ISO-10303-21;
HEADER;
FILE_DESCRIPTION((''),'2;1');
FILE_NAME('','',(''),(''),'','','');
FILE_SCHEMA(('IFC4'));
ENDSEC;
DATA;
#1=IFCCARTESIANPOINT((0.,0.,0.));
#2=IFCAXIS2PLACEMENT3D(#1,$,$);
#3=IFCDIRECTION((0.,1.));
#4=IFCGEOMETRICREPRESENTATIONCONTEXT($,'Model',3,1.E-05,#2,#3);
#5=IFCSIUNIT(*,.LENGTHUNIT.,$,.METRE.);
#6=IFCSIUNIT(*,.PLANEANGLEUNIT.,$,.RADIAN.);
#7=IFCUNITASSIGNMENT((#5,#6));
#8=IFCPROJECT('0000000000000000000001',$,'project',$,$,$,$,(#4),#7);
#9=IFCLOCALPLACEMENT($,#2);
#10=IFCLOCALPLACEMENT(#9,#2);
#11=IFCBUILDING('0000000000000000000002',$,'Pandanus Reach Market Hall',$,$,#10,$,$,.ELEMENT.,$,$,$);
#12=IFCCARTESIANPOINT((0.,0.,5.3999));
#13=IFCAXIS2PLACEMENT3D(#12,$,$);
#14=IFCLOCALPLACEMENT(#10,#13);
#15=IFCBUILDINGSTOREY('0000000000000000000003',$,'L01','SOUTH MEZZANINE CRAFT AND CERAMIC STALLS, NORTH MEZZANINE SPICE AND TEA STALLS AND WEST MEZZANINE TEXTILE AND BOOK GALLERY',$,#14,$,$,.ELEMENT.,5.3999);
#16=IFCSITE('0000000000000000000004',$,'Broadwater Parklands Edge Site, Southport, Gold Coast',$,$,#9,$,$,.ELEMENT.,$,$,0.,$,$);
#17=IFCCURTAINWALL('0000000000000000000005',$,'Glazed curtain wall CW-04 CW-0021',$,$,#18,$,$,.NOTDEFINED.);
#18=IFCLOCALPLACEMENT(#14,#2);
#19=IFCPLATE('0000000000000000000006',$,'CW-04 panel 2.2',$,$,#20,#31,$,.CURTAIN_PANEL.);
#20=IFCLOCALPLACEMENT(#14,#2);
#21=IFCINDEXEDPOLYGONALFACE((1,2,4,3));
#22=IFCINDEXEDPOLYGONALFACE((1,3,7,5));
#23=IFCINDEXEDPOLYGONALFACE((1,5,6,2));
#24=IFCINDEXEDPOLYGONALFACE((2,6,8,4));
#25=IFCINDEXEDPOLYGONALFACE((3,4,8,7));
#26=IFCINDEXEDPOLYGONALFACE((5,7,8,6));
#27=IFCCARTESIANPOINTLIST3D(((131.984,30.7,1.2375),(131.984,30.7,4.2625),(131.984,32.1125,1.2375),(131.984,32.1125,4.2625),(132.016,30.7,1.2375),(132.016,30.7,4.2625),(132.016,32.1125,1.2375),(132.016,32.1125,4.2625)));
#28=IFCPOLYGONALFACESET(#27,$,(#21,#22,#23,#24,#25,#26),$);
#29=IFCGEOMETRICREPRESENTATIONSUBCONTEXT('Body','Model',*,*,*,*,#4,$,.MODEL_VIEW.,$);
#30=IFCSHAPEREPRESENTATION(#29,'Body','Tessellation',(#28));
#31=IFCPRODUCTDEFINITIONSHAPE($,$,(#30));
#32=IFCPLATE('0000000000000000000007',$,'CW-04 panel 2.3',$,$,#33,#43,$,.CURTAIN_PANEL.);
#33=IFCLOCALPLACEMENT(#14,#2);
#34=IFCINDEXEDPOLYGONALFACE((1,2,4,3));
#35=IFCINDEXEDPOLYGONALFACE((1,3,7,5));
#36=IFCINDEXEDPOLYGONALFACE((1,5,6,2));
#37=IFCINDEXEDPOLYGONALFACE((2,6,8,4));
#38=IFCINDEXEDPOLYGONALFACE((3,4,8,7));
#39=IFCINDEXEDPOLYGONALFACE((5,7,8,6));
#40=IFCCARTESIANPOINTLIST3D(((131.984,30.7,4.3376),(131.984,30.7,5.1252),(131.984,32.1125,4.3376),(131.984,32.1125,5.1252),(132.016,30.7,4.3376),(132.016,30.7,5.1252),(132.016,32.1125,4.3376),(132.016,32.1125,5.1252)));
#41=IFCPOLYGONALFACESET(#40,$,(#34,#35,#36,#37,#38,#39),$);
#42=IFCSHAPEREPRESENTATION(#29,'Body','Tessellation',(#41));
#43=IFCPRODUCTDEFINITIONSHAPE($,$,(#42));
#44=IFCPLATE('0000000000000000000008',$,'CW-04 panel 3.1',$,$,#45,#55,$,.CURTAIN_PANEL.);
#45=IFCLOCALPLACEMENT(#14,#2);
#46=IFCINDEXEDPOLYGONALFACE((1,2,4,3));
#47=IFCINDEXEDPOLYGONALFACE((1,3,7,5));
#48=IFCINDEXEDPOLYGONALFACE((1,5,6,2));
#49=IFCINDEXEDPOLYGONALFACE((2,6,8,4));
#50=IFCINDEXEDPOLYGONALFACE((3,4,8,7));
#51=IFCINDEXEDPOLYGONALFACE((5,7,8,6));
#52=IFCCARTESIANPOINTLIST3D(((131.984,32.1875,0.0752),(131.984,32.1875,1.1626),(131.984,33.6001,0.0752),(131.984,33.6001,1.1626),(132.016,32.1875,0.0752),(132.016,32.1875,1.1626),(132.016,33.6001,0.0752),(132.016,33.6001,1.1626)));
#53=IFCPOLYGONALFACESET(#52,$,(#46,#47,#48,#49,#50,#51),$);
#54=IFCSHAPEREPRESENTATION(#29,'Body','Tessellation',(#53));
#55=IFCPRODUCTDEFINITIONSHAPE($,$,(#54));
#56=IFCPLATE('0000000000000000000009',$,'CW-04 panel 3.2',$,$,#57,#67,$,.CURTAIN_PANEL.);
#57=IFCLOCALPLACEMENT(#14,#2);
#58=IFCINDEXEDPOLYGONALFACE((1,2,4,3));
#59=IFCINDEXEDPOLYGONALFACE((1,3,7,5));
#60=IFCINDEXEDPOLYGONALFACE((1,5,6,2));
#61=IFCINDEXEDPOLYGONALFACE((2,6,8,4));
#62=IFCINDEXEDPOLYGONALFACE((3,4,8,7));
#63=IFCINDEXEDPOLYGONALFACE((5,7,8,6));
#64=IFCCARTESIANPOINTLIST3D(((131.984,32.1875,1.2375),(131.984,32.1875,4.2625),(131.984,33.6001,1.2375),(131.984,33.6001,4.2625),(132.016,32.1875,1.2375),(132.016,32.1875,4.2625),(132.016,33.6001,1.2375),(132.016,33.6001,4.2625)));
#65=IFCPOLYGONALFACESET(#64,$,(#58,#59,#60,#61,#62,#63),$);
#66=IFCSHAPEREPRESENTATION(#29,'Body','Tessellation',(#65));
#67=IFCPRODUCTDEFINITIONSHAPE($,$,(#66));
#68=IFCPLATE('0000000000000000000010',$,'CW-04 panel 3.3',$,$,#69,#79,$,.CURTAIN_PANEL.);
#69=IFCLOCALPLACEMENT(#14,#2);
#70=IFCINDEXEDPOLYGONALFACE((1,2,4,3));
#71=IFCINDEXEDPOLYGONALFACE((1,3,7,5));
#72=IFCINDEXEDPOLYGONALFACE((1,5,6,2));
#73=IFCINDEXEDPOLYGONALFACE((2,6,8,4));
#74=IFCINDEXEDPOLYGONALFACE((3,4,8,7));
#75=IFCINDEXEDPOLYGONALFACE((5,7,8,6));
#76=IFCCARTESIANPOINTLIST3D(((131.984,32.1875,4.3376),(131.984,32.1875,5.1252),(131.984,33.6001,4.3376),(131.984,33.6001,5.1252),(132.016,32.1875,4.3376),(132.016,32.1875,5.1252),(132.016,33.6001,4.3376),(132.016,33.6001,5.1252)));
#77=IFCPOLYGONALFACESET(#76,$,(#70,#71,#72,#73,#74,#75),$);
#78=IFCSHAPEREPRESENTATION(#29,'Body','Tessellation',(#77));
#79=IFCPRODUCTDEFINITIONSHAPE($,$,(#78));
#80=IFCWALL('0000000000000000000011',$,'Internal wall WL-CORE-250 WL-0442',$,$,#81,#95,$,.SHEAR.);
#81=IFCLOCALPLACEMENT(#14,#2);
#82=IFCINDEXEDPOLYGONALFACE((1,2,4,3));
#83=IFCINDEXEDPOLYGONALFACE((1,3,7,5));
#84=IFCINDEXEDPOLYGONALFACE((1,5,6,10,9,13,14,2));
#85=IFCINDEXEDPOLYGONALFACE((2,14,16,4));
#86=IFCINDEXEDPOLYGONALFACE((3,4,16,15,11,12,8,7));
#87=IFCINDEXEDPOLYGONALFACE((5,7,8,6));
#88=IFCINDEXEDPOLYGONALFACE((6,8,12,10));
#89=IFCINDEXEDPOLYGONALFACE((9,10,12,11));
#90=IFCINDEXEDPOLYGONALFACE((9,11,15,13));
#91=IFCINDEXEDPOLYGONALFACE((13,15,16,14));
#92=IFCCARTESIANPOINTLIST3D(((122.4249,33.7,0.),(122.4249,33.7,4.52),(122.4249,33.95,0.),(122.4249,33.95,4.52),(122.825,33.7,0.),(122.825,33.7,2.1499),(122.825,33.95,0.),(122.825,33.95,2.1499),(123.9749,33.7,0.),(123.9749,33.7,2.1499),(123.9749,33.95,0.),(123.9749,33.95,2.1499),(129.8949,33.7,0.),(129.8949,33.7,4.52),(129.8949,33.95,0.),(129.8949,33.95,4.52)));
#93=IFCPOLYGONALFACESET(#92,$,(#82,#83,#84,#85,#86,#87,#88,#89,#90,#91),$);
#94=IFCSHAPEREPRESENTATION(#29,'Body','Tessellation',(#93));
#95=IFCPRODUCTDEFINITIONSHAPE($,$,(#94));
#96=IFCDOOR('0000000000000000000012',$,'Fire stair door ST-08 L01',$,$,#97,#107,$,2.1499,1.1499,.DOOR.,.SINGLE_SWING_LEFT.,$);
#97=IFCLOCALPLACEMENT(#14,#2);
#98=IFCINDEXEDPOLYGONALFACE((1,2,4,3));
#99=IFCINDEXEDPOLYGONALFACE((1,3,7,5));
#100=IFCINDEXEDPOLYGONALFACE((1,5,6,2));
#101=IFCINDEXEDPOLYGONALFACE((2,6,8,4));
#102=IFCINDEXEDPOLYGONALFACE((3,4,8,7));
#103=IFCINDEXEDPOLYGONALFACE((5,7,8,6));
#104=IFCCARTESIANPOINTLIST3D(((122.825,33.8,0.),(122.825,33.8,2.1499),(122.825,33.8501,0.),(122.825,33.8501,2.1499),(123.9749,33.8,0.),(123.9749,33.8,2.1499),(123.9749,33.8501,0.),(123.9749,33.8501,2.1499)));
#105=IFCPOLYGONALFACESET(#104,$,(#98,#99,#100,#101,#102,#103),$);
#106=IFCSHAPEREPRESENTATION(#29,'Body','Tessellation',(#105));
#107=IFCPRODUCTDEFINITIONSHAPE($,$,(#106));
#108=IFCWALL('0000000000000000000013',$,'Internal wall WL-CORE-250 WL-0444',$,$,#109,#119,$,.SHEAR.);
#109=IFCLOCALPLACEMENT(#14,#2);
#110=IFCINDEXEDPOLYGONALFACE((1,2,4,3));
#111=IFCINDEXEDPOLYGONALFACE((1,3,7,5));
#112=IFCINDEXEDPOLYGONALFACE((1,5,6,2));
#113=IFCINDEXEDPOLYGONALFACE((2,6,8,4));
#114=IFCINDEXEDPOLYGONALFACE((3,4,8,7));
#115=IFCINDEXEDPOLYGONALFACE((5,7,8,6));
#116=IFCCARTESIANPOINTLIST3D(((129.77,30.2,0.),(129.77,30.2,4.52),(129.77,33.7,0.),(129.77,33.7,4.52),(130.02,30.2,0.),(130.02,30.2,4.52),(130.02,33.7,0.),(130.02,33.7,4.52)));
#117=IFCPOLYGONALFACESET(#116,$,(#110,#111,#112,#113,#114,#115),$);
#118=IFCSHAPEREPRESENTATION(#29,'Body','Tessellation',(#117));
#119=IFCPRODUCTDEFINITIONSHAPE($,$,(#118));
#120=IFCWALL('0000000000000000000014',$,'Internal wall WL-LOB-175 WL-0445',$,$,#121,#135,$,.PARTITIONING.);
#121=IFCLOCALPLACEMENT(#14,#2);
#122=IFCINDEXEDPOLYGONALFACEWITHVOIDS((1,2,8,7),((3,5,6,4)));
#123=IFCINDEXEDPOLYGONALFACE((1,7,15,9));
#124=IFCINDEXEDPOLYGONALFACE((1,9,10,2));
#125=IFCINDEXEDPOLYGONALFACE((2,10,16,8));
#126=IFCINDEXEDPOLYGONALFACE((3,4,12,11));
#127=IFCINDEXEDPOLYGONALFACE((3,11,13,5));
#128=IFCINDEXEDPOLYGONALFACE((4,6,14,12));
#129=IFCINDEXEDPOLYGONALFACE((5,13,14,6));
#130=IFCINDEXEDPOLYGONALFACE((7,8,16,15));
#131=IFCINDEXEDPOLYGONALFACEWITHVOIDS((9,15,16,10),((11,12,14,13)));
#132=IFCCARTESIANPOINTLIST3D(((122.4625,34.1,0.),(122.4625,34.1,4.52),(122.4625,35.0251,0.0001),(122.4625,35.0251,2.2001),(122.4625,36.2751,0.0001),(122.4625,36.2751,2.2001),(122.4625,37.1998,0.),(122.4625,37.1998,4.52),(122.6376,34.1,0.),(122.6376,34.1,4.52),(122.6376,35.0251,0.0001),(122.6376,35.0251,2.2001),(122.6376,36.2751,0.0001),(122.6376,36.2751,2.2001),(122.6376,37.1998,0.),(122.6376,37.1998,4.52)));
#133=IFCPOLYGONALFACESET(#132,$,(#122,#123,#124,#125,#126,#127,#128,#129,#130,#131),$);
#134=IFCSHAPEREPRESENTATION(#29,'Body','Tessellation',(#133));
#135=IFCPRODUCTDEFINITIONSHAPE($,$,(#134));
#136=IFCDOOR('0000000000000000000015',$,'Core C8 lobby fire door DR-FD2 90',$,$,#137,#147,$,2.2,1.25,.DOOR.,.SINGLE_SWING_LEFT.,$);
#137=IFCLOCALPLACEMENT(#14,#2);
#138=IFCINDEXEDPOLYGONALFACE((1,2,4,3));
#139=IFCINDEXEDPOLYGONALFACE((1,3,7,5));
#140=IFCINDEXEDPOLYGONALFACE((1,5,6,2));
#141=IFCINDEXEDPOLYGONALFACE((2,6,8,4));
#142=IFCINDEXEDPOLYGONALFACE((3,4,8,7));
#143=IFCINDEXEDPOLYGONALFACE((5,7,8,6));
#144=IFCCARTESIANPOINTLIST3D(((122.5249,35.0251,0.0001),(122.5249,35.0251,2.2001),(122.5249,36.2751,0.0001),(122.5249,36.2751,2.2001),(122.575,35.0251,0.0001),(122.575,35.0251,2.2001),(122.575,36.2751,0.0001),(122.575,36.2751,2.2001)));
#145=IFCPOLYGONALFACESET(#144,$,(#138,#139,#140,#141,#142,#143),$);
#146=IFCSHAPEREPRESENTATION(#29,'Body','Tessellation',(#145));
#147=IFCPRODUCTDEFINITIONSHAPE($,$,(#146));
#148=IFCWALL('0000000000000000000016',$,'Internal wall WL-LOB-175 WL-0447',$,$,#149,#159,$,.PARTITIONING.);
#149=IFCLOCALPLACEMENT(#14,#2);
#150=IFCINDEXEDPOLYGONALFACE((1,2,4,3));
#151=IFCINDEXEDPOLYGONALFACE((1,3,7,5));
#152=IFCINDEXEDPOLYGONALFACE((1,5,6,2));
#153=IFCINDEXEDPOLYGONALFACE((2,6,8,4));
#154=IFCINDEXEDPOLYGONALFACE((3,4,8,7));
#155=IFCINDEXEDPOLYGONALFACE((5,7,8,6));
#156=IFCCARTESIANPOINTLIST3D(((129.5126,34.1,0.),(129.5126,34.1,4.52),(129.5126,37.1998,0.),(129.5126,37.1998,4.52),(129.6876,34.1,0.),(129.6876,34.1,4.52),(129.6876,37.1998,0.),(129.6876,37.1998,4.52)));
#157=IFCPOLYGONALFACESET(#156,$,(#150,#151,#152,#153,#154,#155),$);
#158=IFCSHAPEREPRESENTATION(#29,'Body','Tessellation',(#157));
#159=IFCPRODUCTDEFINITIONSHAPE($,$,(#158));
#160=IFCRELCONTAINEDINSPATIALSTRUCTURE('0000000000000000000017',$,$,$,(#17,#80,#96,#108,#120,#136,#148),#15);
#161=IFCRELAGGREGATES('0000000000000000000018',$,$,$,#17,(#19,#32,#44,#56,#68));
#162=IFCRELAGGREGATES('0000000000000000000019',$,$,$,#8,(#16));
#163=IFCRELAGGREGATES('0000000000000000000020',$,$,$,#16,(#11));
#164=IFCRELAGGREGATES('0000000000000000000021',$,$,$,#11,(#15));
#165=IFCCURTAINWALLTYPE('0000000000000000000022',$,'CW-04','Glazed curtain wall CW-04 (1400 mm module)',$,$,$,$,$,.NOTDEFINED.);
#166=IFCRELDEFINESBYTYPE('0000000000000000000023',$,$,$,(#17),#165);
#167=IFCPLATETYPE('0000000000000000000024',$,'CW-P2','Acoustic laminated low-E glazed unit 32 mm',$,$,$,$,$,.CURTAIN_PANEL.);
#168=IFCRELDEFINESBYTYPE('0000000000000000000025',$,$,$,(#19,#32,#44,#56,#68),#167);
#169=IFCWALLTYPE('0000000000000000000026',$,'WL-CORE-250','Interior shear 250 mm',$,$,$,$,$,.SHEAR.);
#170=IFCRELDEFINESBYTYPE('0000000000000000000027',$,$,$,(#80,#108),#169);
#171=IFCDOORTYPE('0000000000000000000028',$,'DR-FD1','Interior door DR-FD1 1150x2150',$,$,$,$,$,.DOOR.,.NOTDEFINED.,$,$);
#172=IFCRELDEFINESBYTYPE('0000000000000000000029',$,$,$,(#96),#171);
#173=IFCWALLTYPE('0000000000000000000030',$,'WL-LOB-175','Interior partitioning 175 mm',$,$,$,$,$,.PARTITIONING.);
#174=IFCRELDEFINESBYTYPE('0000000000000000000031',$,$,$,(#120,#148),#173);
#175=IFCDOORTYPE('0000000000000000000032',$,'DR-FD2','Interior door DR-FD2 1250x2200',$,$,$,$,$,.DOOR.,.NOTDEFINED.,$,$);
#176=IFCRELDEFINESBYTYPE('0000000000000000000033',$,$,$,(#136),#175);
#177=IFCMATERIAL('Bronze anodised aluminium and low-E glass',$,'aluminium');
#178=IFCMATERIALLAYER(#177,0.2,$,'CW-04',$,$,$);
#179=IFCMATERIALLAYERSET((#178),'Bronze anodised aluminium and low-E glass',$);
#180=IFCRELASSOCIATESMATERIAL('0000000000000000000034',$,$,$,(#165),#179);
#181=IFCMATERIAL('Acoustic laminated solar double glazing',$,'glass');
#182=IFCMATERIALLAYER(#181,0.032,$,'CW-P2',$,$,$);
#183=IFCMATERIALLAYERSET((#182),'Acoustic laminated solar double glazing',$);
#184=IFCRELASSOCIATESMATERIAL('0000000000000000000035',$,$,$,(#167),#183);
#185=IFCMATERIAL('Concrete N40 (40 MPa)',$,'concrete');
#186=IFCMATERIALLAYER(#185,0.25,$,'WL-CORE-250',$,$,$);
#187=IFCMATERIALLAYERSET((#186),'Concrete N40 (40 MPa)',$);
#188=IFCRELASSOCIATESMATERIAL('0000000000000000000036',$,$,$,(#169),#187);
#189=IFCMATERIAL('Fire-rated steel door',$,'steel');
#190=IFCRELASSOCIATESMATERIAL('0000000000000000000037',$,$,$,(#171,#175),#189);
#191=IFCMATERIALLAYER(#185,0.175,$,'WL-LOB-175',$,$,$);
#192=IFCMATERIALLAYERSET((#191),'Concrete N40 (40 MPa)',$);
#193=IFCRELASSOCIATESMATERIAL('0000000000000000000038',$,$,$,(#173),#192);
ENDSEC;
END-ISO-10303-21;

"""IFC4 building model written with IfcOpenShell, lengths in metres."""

from ifc_helpers import new_model, si_unit, direction, frame, frame_2d, origin, origin_2d, place, context, subcontext, project, spatial, rectangle, extrude, material, layer, layer_set, type_object, element, fill, aggregate, save


model = new_model("IFC4")

# Units and contexts
model_context = context("Model", 3, precision=1e-05, world=origin(), true_north=direction((0.0, 1.0)))
body_context = subcontext(model_context, "Body", "Model", "MODEL_VIEW")
ifc_project = project(units=[si_unit("LENGTHUNIT", "METRE"), si_unit("PLANEANGLEUNIT", "RADIAN")], contexts=[model_context])

# Site, building, storey
site_placement = place(None, origin())
site = spatial("IfcSite", under=ifc_project, at=site_placement, Name="Broadwater Parklands Edge Site, Southport, Gold Coast", CompositionType="ELEMENT", RefElevation=0.0)
building_placement = place(site_placement, origin())
building = spatial("IfcBuilding", under=site, at=building_placement, Name="Pandanus Reach Market Hall", CompositionType="ELEMENT")
storey_placement = place(building_placement, frame((0.0, 0.0, 5.3999)))
storey = spatial("IfcBuildingStorey", under=building, at=storey_placement, Name="L01", Description="SOUTH MEZZANINE CRAFT AND CERAMIC STALLS, NORTH MEZZANINE SPICE AND TEA STALLS AND WEST MEZZANINE TEXTILE AND BOOK GALLERY", CompositionType="ELEMENT", Elevation=5.3999)

# Curtain wall, plates
ifc_material_1 = material(Name="Bronze anodised aluminium and low-E glass", Category="aluminium")
ifc_layer_1 = layer(ifc_material_1, 0.2, Name="CW-04")
ifc_layer_set_1 = layer_set([ifc_layer_1], Name="Bronze anodised aluminium and low-E glass")
curtain_wall_type = type_object("IfcCurtainWallType", Name="CW-04", Description="Glazed curtain wall CW-04 (1400 mm module)", PredefinedType="NOTDEFINED", material=ifc_layer_set_1)
curtain_wall_placement = place(storey_placement, origin())
curtain_wall = element("IfcCurtainWall", 1, at=curtain_wall_placement, inside=storey, type_object=curtain_wall_type, Name="Glazed curtain wall CW-04 CW-0021", PredefinedType="NOTDEFINED")
ifc_material_2 = material(Name="Acoustic laminated solar double glazing", Category="glass")
ifc_layer_2 = layer(ifc_material_2, 0.032, Name="CW-P2")
ifc_layer_set_2 = layer_set([ifc_layer_2], Name="Acoustic laminated solar double glazing")
plate_type = type_object("IfcPlateType", Name="CW-P2", Description="Acoustic laminated low-E glazed unit 32 mm", PredefinedType="CURTAIN_PANEL", material=ifc_layer_set_2)
plate_1_placement = place(storey_placement, frame((132.0, 31.4062, 1.2375), z_axis=(0.0, 0.0, 1.0), x_axis=(0.0, 1.0, 0.0)))
plate_1 = element("IfcPlate", 2, at=plate_1_placement, type_object=plate_type, Name="CW-04 panel 2.2", PredefinedType="CURTAIN_PANEL", context=body_context, shape_type="SweptSolid", body=[
    extrude(rectangle(XDim=1.4126, YDim=0.032, at=origin_2d()), origin(), (0.0, 0.0, 1.0), 3.0249),
])
plate_2_placement = place(storey_placement, frame((132.0, 31.4062, 4.3376), z_axis=(0.0, 0.0, 1.0), x_axis=(0.0, 1.0, 0.0)))
plate_2 = element("IfcPlate", 3, at=plate_2_placement, type_object=plate_type, Name="CW-04 panel 2.3", PredefinedType="CURTAIN_PANEL", context=body_context, shape_type="SweptSolid", body=[
    extrude(rectangle(XDim=1.4126, YDim=0.032, at=origin_2d()), origin(), (0.0, 0.0, 1.0), 0.7876),
])
plate_3_placement = place(storey_placement, frame((132.0, 32.8938, 0.0752), z_axis=(0.0, 0.0, 1.0), x_axis=(0.0, 1.0, 0.0)))
plate_3 = element("IfcPlate", 4, at=plate_3_placement, type_object=plate_type, Name="CW-04 panel 3.1", PredefinedType="CURTAIN_PANEL", context=body_context, shape_type="SweptSolid", body=[
    extrude(rectangle(XDim=1.4126, YDim=0.032, at=origin_2d()), origin(), (0.0, 0.0, 1.0), 1.0874),
])
plate_4_placement = place(storey_placement, frame((132.0, 32.8938, 1.2375), z_axis=(0.0, 0.0, 1.0), x_axis=(0.0, 1.0, 0.0)))
plate_4 = element("IfcPlate", 5, at=plate_4_placement, type_object=plate_type, Name="CW-04 panel 3.2", PredefinedType="CURTAIN_PANEL", context=body_context, shape_type="SweptSolid", body=[
    extrude(rectangle(XDim=1.4126, YDim=0.032, at=origin_2d()), origin(), (0.0, 0.0, 1.0), 3.0249),
])
plate_5_placement = place(storey_placement, frame((132.0, 32.8938, 4.3376), z_axis=(0.0, 0.0, 1.0), x_axis=(0.0, 1.0, 0.0)))
plate_5 = element("IfcPlate", 6, at=plate_5_placement, type_object=plate_type, Name="CW-04 panel 3.3", PredefinedType="CURTAIN_PANEL", context=body_context, shape_type="SweptSolid", body=[
    extrude(rectangle(XDim=1.4126, YDim=0.032, at=origin_2d()), origin(), (0.0, 0.0, 1.0), 0.7876),
])
aggregate(curtain_wall, [plate_1, plate_2, plate_3, plate_4, plate_5])

# Wall, opening, door
ifc_material_3 = material(Name="Concrete N40 (40 MPa)", Category="concrete")
ifc_layer_3 = layer(ifc_material_3, 0.25, Name="WL-CORE-250")
ifc_layer_set_3 = layer_set([ifc_layer_3], Name="Concrete N40 (40 MPa)")
wall_type_1 = type_object("IfcWallType", Name="WL-CORE-250", Description="Interior shear 250 mm", PredefinedType="SHEAR", material=ifc_layer_set_3)
wall_1_placement = place(storey_placement, frame((122.425, 33.825, 0.0), z_axis=(0.0, 0.0, 1.0), x_axis=(1.0, 0.0, 0.0)))
wall_1 = element("IfcWall", 7, at=wall_1_placement, inside=storey, type_object=wall_type_1, Name="Internal wall WL-CORE-250 WL-0442", PredefinedType="SHEAR", context=body_context, shape_type="SweptSolid", body=[
    extrude(rectangle(XDim=7.47, YDim=0.25, at=frame_2d((3.7349, 0.0))), origin(), (0.0, 0.0, 1.0), 4.52),
])
opening_1_placement = place(wall_1_placement, frame((0.3999, 0.0, 0.0)))
opening_1 = element("IfcOpeningElement", 8, at=opening_1_placement, cuts=wall_1, PredefinedType="OPENING", context=body_context, shape_type="SweptSolid", body=[
    extrude(rectangle(XDim=1.1499, YDim=2.1499, at=frame_2d((0.575, 1.075))), frame((0.0, 0.1399, 0.0), z_axis=(0.0, -1.0, 0.0), x_axis=(1.0, 0.0, 0.0)), (0.0, 0.0, 1.0), 0.28),
])
ifc_material_4 = material(Name="Fire-rated steel door", Category="steel")
door_type_1 = type_object("IfcDoorType", Name="DR-FD1", Description="Interior door DR-FD1 1150x2150", OperationType="NOTDEFINED", PredefinedType="DOOR", material=ifc_material_4)
door_1_placement = place(opening_1_placement, frame((1.1499, 0.0, 0.0), z_axis=(0.0, 0.0, 1.0), x_axis=(-1.0, 0.0, 0.0)))
door_1 = element("IfcDoor", 9, at=door_1_placement, inside=storey, type_object=door_type_1, Name="Fire stair door ST-08 L01", OperationType="SINGLE_SWING_LEFT", OverallHeight=2.1499, OverallWidth=1.1499, PredefinedType="DOOR", context=body_context, shape_type="SweptSolid", body=[
    extrude(rectangle(XDim=1.1499, YDim=2.1499, at=frame_2d((0.575, 1.075))), frame((0.0, 0.0249, 0.0), z_axis=(0.0, -1.0, 0.0), x_axis=(1.0, 0.0, 0.0)), (0.0, 0.0, 1.0), 0.05),
])
fill(opening_1, door_1)

# Wall
wall_2_placement = place(storey_placement, frame((129.895, 30.2, 0.0), z_axis=(0.0, 0.0, 1.0), x_axis=(0.0, 1.0, 0.0)))
element("IfcWall", 10, at=wall_2_placement, inside=storey, type_object=wall_type_1, Name="Internal wall WL-CORE-250 WL-0444", PredefinedType="SHEAR", context=body_context, shape_type="SweptSolid", body=[
    extrude(rectangle(XDim=3.5, YDim=0.25, at=frame_2d((1.75, 0.0))), origin(), (0.0, 0.0, 1.0), 4.52),
])

# Wall, opening, door
ifc_layer_4 = layer(ifc_material_3, 0.175, Name="WL-LOB-175")
ifc_layer_set_4 = layer_set([ifc_layer_4], Name="Concrete N40 (40 MPa)")
wall_type_2 = type_object("IfcWallType", Name="WL-LOB-175", Description="Interior partitioning 175 mm", PredefinedType="PARTITIONING", material=ifc_layer_set_4)
wall_3_placement = place(storey_placement, frame((122.55, 34.1001, 0.0), z_axis=(0.0, 0.0, 1.0), x_axis=(0.0, 1.0, 0.0)))
wall_3 = element("IfcWall", 11, at=wall_3_placement, inside=storey, type_object=wall_type_2, Name="Internal wall WL-LOB-175 WL-0445", PredefinedType="PARTITIONING", context=body_context, shape_type="SweptSolid", body=[
    extrude(rectangle(XDim=3.0999, YDim=0.175, at=frame_2d((1.5498, 0.0))), origin(), (0.0, 0.0, 1.0), 4.52),
])
opening_2_placement = place(wall_3_placement, frame((0.925, 0.0, 0.0)))
opening_2 = element("IfcOpeningElement", 12, at=opening_2_placement, cuts=wall_3, PredefinedType="OPENING", context=body_context, shape_type="SweptSolid", body=[
    extrude(rectangle(XDim=1.25, YDim=2.2, at=frame_2d((0.625, 1.1001))), frame((0.0, 0.1025, 0.0), z_axis=(0.0, -1.0, 0.0), x_axis=(1.0, 0.0, 0.0)), (0.0, 0.0, 1.0), 0.2051),
])
door_type_2 = type_object("IfcDoorType", Name="DR-FD2", Description="Interior door DR-FD2 1250x2200", OperationType="NOTDEFINED", PredefinedType="DOOR", material=ifc_material_4)
door_2_placement = place(opening_2_placement, frame((1.25, 0.0, 0.0), z_axis=(0.0, 0.0, 1.0), x_axis=(-1.0, 0.0, 0.0)))
door_2 = element("IfcDoor", 13, at=door_2_placement, inside=storey, type_object=door_type_2, Name="Core C8 lobby fire door DR-FD2 90", OperationType="SINGLE_SWING_LEFT", OverallHeight=2.2, OverallWidth=1.25, PredefinedType="DOOR", context=body_context, shape_type="SweptSolid", body=[
    extrude(rectangle(XDim=1.25, YDim=2.2, at=frame_2d((0.625, 1.1001))), frame((0.0, 0.0249, 0.0), z_axis=(0.0, -1.0, 0.0), x_axis=(1.0, 0.0, 0.0)), (0.0, 0.0, 1.0), 0.05),
])
fill(opening_2, door_2)

# Wall
wall_4_placement = place(storey_placement, frame((129.6001, 34.1001, 0.0), z_axis=(0.0, 0.0, 1.0), x_axis=(0.0, 1.0, 0.0)))
element("IfcWall", 14, at=wall_4_placement, inside=storey, type_object=wall_type_2, Name="Internal wall WL-LOB-175 WL-0447", PredefinedType="PARTITIONING", context=body_context, shape_type="SweptSolid", body=[
    extrude(rectangle(XDim=3.0999, YDim=0.175, at=frame_2d((1.5498, 0.0))), origin(), (0.0, 0.0, 1.0), 4.52),
])

save(model, "model.ifc")
